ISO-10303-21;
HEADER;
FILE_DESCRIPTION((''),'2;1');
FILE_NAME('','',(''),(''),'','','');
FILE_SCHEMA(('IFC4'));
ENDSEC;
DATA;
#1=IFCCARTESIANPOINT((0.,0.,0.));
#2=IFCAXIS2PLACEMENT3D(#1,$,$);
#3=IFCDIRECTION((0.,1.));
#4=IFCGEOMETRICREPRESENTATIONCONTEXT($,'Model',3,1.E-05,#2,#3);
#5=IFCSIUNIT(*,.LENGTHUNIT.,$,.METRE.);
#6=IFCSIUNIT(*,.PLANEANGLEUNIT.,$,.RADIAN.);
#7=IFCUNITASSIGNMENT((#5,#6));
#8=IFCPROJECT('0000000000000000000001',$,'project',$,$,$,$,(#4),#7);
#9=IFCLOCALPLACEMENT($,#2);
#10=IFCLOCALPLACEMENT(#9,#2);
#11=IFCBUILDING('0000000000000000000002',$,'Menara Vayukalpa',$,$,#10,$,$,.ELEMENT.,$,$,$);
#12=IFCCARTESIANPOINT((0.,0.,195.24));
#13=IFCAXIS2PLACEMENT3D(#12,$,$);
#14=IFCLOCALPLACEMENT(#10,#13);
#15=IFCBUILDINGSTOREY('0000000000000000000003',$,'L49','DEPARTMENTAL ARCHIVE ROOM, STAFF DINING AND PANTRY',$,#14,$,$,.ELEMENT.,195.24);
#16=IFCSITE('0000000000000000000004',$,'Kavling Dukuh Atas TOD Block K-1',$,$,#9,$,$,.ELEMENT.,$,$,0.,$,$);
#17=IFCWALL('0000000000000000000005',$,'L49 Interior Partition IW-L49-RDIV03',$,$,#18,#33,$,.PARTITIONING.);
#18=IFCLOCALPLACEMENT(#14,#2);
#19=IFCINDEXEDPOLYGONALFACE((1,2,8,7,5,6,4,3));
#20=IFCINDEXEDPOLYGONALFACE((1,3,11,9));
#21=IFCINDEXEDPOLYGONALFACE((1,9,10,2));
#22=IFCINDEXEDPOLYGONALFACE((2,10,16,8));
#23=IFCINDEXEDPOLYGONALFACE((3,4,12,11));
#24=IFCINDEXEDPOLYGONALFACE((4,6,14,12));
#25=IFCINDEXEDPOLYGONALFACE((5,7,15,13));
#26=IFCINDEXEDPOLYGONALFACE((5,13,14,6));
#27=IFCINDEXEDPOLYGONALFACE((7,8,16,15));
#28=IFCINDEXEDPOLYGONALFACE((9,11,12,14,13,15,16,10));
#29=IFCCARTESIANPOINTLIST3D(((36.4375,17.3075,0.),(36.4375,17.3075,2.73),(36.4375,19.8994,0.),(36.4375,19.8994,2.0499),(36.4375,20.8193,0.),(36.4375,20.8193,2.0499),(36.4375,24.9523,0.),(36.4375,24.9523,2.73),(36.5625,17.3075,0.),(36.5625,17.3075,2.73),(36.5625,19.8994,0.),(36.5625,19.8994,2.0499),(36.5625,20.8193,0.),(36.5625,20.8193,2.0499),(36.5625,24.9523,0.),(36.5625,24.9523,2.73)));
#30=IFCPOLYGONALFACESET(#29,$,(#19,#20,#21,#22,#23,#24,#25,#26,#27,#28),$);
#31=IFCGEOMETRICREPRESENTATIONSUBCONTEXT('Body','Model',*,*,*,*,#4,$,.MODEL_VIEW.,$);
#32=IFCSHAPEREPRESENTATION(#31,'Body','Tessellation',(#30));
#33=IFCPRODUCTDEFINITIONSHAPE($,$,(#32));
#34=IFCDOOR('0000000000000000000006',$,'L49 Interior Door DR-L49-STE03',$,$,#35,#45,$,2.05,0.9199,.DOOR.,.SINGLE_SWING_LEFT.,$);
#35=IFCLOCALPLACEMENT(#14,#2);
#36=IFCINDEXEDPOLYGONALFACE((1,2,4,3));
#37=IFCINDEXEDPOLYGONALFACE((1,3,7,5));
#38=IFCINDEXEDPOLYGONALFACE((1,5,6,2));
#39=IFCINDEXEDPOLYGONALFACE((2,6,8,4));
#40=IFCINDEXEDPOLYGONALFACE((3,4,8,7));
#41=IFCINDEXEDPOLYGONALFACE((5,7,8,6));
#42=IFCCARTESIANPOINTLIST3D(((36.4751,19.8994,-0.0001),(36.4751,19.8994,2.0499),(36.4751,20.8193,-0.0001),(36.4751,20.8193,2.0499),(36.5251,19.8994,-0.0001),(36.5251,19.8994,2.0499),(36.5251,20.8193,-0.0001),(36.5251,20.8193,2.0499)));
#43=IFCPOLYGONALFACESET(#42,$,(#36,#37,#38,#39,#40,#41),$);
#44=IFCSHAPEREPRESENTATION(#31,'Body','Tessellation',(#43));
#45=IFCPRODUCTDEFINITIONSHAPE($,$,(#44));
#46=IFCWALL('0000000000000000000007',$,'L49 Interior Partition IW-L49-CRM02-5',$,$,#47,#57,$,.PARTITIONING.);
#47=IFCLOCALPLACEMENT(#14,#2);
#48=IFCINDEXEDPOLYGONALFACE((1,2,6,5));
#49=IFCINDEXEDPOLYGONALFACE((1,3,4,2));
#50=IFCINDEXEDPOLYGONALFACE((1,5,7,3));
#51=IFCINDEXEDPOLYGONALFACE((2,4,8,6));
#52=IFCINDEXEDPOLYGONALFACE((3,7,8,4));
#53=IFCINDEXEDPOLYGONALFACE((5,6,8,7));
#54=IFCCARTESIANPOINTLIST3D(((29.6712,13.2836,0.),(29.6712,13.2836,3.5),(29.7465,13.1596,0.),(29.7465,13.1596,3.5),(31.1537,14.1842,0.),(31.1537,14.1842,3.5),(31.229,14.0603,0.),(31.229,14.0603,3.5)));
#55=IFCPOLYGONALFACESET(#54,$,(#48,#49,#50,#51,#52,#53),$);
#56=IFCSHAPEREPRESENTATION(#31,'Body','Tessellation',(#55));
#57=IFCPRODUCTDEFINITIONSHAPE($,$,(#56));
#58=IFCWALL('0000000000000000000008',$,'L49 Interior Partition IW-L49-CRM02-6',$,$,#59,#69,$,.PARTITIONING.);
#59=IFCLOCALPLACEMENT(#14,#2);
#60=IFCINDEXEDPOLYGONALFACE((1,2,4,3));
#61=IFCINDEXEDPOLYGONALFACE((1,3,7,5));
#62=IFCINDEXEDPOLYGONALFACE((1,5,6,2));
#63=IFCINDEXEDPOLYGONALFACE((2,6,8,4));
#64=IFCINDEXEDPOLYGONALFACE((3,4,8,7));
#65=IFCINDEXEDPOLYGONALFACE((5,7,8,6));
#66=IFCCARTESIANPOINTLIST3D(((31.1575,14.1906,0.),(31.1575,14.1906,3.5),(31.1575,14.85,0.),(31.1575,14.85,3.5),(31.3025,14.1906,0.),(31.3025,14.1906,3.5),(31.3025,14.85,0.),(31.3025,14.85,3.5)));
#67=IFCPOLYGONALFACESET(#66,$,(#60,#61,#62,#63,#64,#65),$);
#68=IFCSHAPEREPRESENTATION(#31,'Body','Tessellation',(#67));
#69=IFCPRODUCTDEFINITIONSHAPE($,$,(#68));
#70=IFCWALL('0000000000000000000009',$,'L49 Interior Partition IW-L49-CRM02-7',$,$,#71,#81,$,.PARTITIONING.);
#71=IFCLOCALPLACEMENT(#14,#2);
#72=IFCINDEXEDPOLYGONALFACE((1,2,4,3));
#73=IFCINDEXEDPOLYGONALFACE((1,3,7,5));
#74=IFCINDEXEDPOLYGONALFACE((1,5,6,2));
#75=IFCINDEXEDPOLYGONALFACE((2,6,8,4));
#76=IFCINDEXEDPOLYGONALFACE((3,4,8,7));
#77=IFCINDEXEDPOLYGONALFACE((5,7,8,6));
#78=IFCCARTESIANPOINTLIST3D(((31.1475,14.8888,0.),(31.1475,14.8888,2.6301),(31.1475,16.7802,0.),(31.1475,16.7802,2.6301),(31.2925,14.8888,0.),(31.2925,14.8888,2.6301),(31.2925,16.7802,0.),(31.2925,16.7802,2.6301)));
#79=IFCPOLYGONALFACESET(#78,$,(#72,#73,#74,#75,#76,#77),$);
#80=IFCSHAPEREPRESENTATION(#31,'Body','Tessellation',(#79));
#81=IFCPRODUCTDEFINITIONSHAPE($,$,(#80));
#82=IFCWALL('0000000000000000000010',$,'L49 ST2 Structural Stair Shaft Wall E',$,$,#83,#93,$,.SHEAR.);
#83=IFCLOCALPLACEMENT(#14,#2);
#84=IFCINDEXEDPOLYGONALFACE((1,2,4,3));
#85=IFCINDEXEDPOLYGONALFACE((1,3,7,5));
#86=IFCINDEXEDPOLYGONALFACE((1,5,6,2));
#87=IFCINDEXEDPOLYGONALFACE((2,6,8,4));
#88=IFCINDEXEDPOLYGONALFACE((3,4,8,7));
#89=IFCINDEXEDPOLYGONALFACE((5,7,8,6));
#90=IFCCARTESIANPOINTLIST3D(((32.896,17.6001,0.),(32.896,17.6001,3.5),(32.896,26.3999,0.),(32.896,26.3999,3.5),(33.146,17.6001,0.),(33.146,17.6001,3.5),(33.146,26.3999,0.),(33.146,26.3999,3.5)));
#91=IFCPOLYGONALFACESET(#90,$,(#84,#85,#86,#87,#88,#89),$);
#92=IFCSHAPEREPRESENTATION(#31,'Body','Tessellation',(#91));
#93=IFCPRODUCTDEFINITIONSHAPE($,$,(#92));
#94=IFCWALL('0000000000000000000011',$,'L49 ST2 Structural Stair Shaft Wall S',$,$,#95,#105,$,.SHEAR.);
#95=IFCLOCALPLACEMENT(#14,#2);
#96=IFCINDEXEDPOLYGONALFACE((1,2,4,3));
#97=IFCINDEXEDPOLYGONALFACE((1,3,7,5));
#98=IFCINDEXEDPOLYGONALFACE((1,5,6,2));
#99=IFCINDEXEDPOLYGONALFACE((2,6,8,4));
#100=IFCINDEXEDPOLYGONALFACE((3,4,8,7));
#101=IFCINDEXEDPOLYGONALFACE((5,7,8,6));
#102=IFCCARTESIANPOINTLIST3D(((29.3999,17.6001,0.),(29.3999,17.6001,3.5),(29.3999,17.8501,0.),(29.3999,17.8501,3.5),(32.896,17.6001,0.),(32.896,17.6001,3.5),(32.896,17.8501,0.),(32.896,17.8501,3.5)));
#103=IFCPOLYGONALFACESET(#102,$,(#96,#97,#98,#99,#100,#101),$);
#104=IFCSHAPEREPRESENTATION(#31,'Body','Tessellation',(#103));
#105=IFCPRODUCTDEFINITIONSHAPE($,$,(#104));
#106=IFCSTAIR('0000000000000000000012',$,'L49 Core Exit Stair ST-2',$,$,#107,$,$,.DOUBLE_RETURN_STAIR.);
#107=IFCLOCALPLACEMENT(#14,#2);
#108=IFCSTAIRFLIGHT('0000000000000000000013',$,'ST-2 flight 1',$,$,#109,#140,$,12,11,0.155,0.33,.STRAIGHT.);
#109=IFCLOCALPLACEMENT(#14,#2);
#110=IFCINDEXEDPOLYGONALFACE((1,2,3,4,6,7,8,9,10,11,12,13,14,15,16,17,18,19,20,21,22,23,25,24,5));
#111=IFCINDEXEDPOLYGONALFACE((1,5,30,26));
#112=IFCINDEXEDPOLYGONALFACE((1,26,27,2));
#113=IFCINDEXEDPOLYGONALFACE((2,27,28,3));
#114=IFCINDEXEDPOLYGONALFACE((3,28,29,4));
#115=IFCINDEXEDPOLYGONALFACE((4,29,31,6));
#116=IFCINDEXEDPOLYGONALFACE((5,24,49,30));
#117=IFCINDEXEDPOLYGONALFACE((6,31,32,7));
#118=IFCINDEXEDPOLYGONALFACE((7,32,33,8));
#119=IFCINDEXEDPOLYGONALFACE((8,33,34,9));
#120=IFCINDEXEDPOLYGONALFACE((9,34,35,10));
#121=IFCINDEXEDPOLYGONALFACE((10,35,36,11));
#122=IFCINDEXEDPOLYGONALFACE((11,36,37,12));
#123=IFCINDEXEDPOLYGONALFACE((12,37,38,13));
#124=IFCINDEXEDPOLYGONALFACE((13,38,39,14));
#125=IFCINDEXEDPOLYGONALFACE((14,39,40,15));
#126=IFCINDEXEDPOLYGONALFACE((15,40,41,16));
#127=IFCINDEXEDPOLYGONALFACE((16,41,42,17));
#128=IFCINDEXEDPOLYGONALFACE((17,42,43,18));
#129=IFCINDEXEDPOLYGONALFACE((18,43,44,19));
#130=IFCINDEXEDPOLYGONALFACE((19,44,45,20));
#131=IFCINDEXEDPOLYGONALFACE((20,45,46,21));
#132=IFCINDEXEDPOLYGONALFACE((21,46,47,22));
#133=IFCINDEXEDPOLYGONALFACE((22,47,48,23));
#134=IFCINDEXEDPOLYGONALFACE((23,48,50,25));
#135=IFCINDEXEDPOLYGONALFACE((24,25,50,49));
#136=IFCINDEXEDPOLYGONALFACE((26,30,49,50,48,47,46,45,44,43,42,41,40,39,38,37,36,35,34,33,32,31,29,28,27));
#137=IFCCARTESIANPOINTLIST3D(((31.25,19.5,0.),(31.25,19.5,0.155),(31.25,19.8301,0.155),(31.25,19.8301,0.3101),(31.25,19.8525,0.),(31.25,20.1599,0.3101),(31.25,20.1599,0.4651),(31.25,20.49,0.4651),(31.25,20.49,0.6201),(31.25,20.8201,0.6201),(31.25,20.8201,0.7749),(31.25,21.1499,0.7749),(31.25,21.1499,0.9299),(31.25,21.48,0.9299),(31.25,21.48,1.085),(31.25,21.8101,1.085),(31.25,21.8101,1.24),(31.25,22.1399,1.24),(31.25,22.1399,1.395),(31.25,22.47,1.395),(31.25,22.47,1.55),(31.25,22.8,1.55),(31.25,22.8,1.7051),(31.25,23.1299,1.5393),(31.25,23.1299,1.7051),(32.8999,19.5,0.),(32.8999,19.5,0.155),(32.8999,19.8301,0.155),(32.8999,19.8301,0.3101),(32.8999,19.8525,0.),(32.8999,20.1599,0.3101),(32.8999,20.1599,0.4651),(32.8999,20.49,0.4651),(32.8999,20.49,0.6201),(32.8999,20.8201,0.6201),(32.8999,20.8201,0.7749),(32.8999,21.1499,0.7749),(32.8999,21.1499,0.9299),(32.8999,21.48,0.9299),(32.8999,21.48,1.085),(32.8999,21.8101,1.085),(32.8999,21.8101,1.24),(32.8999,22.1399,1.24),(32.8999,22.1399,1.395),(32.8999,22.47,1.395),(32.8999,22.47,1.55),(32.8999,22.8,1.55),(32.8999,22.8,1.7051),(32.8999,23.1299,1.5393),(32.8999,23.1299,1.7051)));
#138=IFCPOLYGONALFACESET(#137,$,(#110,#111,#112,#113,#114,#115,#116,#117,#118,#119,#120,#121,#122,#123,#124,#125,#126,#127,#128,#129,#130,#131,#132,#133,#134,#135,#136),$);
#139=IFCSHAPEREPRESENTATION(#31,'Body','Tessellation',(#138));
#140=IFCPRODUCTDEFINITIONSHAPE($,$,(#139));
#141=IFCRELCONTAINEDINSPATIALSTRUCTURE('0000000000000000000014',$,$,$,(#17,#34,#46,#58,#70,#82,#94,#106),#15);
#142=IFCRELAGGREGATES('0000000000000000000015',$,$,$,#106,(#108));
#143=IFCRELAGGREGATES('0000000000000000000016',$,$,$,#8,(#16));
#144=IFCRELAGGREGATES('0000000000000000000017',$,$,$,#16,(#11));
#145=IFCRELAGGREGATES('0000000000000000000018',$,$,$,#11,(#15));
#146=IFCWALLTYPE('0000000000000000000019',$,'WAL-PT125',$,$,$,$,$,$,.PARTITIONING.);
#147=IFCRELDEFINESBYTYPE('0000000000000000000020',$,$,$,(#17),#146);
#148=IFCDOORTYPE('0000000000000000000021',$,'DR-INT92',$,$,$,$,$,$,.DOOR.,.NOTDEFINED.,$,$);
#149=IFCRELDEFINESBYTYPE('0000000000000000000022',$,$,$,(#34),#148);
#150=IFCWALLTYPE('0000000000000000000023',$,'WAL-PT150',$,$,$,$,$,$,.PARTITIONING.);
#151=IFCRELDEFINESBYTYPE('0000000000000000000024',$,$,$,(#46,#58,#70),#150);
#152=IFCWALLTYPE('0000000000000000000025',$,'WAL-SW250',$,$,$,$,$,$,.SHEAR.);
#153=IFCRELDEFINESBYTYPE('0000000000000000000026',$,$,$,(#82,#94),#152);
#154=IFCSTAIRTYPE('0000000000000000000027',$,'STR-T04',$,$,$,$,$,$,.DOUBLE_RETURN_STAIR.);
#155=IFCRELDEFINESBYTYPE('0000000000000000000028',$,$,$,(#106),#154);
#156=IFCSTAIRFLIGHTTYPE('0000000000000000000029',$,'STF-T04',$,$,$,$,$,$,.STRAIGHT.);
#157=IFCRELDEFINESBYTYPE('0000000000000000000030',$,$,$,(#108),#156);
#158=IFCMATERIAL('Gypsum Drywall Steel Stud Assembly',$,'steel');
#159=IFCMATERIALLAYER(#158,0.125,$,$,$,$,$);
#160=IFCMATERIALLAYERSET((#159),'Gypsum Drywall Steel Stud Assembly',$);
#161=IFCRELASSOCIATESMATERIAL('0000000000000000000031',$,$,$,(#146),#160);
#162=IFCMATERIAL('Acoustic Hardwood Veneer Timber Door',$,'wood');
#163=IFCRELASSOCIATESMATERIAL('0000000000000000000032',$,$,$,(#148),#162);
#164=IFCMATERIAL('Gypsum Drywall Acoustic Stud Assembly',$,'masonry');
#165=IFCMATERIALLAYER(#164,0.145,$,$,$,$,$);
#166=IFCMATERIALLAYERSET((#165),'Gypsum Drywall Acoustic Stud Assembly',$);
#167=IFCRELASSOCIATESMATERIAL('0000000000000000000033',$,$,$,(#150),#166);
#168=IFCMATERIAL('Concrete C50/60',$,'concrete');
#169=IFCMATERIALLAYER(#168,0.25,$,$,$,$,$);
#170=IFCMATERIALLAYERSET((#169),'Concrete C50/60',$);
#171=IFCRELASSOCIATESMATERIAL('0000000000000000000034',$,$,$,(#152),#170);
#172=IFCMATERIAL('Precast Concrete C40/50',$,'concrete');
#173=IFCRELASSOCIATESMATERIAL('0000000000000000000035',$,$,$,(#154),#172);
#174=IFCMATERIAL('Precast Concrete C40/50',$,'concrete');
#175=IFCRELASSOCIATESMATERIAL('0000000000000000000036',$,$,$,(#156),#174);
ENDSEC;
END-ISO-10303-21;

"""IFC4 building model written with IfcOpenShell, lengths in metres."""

from ifc_helpers import new_model, si_unit, direction, frame, frame_2d, origin, place, context, subcontext, project, spatial, polyline, rectangle, outline, extrude, material, layer, layer_set, type_object, element, fill, aggregate, save


model = new_model("IFC4")

# Units and contexts
model_context = context("Model", 3, precision=1e-05, world=origin(), true_north=direction((0.0, 1.0)))
body_context = subcontext(model_context, "Body", "Model", "MODEL_VIEW")
ifc_project = project(units=[si_unit("LENGTHUNIT", "METRE"), si_unit("PLANEANGLEUNIT", "RADIAN")], contexts=[model_context])

# Site, building, storey
site_placement = place(None, origin())
site = spatial("IfcSite", under=ifc_project, at=site_placement, Name="Kavling Dukuh Atas TOD Block K-1", CompositionType="ELEMENT", RefElevation=0.0)
building_placement = place(site_placement, origin())
building = spatial("IfcBuilding", under=site, at=building_placement, Name="Menara Vayukalpa", CompositionType="ELEMENT")
storey_placement = place(building_placement, frame((0.0, 0.0, 195.24)))
storey = spatial("IfcBuildingStorey", under=building, at=storey_placement, Name="L49", Description="DEPARTMENTAL ARCHIVE ROOM, STAFF DINING AND PANTRY", CompositionType="ELEMENT", Elevation=195.24)

# Shared definitions
ifc_material_1 = material(Name="Gypsum Drywall Steel Stud Assembly", Category="steel")
ifc_layer_1 = layer(ifc_material_1, 0.125)
ifc_layer_set_1 = layer_set([ifc_layer_1], Name="Gypsum Drywall Steel Stud Assembly")
wall_type_1 = type_object("IfcWallType", Name="WAL-PT125", PredefinedType="PARTITIONING", material=ifc_layer_set_1)

# Wall, opening, door
wall_1_placement = place(storey_placement, frame((36.5, 17.3076, 0.0), z_axis=(0.0, 0.0, 1.0), x_axis=(0.0, 1.0, 0.0)))
wall_1 = element("IfcWall", 1, at=wall_1_placement, inside=storey, type_object=wall_type_1, Name="L49 Interior Partition IW-L49-RDIV03", PredefinedType="PARTITIONING", context=body_context, shape_type="SweptSolid", body=[
    extrude(rectangle(XDim=7.6448, YDim=0.125, at=frame_2d((3.8223, 0.0))), origin(), (0.0, 0.0, 1.0), 2.73),
])
opening_placement = place(wall_1_placement, frame((2.5918, 0.0, 0.0)))
opening = element("IfcOpeningElement", 2, at=opening_placement, cuts=wall_1, PredefinedType="OPENING", context=body_context, shape_type="SweptSolid", body=[
    extrude(rectangle(XDim=0.9199, YDim=2.05, at=frame_2d((0.46, 1.0249))), frame((0.0, 0.0725, 0.0), z_axis=(0.0, -1.0, 0.0), x_axis=(1.0, 0.0, 0.0)), (0.0, 0.0, 1.0), 0.145),
])
ifc_material_2 = material(Name="Acoustic Hardwood Veneer Timber Door", Category="wood")
door_type = type_object("IfcDoorType", Name="DR-INT92", OperationType="NOTDEFINED", PredefinedType="DOOR", material=ifc_material_2)
door_placement = place(opening_placement, origin())
door = element("IfcDoor", 3, at=door_placement, inside=storey, type_object=door_type, Name="L49 Interior Door DR-L49-STE03", OperationType="SINGLE_SWING_LEFT", OverallHeight=2.05, OverallWidth=0.9199, PredefinedType="DOOR", context=body_context, shape_type="SweptSolid", body=[
    extrude(rectangle(XDim=0.9199, YDim=2.05, at=frame_2d((0.46, 1.0249))), frame((0.0, 0.0249, 0.0), z_axis=(0.0, -1.0, 0.0), x_axis=(1.0, 0.0, 0.0)), (0.0, 0.0, 1.0), 0.05),
])
fill(opening, door)

# Walls
ifc_material_3 = material(Name="Gypsum Drywall Acoustic Stud Assembly", Category="masonry")
ifc_layer_2 = layer(ifc_material_3, 0.145)
ifc_layer_set_2 = layer_set([ifc_layer_2], Name="Gypsum Drywall Acoustic Stud Assembly")
wall_type_2 = type_object("IfcWallType", Name="WAL-PT150", PredefinedType="PARTITIONING", material=ifc_layer_set_2)
wall_2_placement = place(storey_placement, frame((29.709, 13.2217, 0.0), z_axis=(0.0, 0.0, 1.0), x_axis=(0.854636, 0.519228, 0.0)))
element("IfcWall", 4, at=wall_2_placement, inside=storey, type_object=wall_type_2, Name="L49 Interior Partition IW-L49-CRM02-5", PredefinedType="PARTITIONING", context=body_context, shape_type="SweptSolid", body=[
    extrude(rectangle(XDim=1.7346, YDim=0.145, at=frame_2d((0.8672, 0.0))), origin(), (0.0, 0.0, 1.0), 3.5),
])
wall_3_placement = place(storey_placement, frame((31.23, 14.1907, 0.0), z_axis=(0.0, 0.0, 1.0), x_axis=(0.0, 1.0, 0.0)))
element("IfcWall", 5, at=wall_3_placement, inside=storey, type_object=wall_type_2, Name="L49 Interior Partition IW-L49-CRM02-6", PredefinedType="PARTITIONING", context=body_context, shape_type="SweptSolid", body=[
    extrude(rectangle(XDim=0.6594, YDim=0.145, at=frame_2d((0.3296, 0.0))), origin(), (0.0, 0.0, 1.0), 3.5),
])
wall_4_placement = place(storey_placement, frame((31.22, 14.8887, 0.0), z_axis=(0.0, 0.0, 1.0), x_axis=(0.0, 1.0, 0.0)))
element("IfcWall", 6, at=wall_4_placement, inside=storey, type_object=wall_type_2, Name="L49 Interior Partition IW-L49-CRM02-7", PredefinedType="PARTITIONING", context=body_context, shape_type="SweptSolid", body=[
    extrude(rectangle(XDim=1.8914, YDim=0.145, at=frame_2d((0.9458, 0.0))), origin(), (0.0, 0.0, 1.0), 2.6301),
])
ifc_material_4 = material(Name="Concrete C50/60", Category="concrete")
ifc_layer_3 = layer(ifc_material_4, 0.25)
ifc_layer_set_3 = layer_set([ifc_layer_3], Name="Concrete C50/60")
wall_type_3 = type_object("IfcWallType", Name="WAL-SW250", PredefinedType="SHEAR", material=ifc_layer_set_3)
wall_5_placement = place(storey_placement, frame((33.021, 17.6001, 0.0), z_axis=(0.0, 0.0, 1.0), x_axis=(0.0, 1.0, 0.0)))
element("IfcWall", 7, at=wall_5_placement, inside=storey, type_object=wall_type_3, Name="L49 ST2 Structural Stair Shaft Wall E", PredefinedType="SHEAR", context=body_context, shape_type="SweptSolid", body=[
    extrude(rectangle(XDim=8.7998, YDim=0.25, at=frame_2d((4.3999, 0.0))), origin(), (0.0, 0.0, 1.0), 3.5),
])
wall_6_placement = place(storey_placement, frame((29.3999, 17.7251, 0.0), z_axis=(0.0, 0.0, 1.0), x_axis=(1.0, 0.0, 0.0)))
element("IfcWall", 8, at=wall_6_placement, inside=storey, type_object=wall_type_3, Name="L49 ST2 Structural Stair Shaft Wall S", PredefinedType="SHEAR", context=body_context, shape_type="SweptSolid", body=[
    extrude(rectangle(XDim=3.4961, YDim=0.25, at=frame_2d((1.748, 0.0))), origin(), (0.0, 0.0, 1.0), 3.5),
])

# Stair, stair flight
ifc_material_5 = material(Name="Precast Concrete C40/50", Category="concrete")
stair_type = type_object("IfcStairType", Name="STR-T04", PredefinedType="DOUBLE_RETURN_STAIR", material=ifc_material_5)
stair_placement = place(storey_placement, origin())
stair = element("IfcStair", 9, at=stair_placement, inside=storey, type_object=stair_type, Name="L49 Core Exit Stair ST-2", PredefinedType="DOUBLE_RETURN_STAIR")
ifc_material_6 = material(Name="Precast Concrete C40/50", Category="concrete")
stair_flight_type = type_object("IfcStairFlightType", Name="STF-T04", PredefinedType="STRAIGHT", material=ifc_material_6)
stair_flight_placement = place(storey_placement, frame((32.075, 19.5, 0.0), z_axis=(0.0, 0.0, 1.0), x_axis=(0.0, 1.0, 0.0)))
stair_flight = element("IfcStairFlight", 10, at=stair_flight_placement, type_object=stair_flight_type, Name="ST-2 flight 1", NumberOfRisers=12, NumberOfTreads=11, PredefinedType="STRAIGHT", RiserHeight=0.155, TreadLength=0.33, context=body_context, shape_type="SweptSolid", body=[
    extrude(outline(polyline([(0.0, 0.0), (0.0, 0.155), (0.3301, 0.155), (0.3301, 0.3101), (0.6599, 0.3101), (0.6599, 0.4651), (0.99, 0.4651), (0.99, 0.6201), (1.3201, 0.6201), (1.3201, 0.7749), (1.6499, 0.7749), (1.6499, 0.9299), (1.98, 0.9299), (1.98, 1.085), (2.3101, 1.085), (2.3101, 1.24), (2.6399, 1.24), (2.6399, 1.395), (2.97, 1.395), (2.97, 1.55), (3.3, 1.55), (3.3, 1.7051), (3.6299, 1.7051), (3.6299, 1.8601), (3.6299, 1.5393), (0.3525, 0.0), (0.0, 0.0)])), frame((0.0, 0.825, 0.0), z_axis=(0.0, -1.0, 0.0), x_axis=(1.0, 0.0, 0.0)), (0.0, 0.0, 1.0), 1.6499),
])
aggregate(stair, [stair_flight])

save(model, "model.ifc")
